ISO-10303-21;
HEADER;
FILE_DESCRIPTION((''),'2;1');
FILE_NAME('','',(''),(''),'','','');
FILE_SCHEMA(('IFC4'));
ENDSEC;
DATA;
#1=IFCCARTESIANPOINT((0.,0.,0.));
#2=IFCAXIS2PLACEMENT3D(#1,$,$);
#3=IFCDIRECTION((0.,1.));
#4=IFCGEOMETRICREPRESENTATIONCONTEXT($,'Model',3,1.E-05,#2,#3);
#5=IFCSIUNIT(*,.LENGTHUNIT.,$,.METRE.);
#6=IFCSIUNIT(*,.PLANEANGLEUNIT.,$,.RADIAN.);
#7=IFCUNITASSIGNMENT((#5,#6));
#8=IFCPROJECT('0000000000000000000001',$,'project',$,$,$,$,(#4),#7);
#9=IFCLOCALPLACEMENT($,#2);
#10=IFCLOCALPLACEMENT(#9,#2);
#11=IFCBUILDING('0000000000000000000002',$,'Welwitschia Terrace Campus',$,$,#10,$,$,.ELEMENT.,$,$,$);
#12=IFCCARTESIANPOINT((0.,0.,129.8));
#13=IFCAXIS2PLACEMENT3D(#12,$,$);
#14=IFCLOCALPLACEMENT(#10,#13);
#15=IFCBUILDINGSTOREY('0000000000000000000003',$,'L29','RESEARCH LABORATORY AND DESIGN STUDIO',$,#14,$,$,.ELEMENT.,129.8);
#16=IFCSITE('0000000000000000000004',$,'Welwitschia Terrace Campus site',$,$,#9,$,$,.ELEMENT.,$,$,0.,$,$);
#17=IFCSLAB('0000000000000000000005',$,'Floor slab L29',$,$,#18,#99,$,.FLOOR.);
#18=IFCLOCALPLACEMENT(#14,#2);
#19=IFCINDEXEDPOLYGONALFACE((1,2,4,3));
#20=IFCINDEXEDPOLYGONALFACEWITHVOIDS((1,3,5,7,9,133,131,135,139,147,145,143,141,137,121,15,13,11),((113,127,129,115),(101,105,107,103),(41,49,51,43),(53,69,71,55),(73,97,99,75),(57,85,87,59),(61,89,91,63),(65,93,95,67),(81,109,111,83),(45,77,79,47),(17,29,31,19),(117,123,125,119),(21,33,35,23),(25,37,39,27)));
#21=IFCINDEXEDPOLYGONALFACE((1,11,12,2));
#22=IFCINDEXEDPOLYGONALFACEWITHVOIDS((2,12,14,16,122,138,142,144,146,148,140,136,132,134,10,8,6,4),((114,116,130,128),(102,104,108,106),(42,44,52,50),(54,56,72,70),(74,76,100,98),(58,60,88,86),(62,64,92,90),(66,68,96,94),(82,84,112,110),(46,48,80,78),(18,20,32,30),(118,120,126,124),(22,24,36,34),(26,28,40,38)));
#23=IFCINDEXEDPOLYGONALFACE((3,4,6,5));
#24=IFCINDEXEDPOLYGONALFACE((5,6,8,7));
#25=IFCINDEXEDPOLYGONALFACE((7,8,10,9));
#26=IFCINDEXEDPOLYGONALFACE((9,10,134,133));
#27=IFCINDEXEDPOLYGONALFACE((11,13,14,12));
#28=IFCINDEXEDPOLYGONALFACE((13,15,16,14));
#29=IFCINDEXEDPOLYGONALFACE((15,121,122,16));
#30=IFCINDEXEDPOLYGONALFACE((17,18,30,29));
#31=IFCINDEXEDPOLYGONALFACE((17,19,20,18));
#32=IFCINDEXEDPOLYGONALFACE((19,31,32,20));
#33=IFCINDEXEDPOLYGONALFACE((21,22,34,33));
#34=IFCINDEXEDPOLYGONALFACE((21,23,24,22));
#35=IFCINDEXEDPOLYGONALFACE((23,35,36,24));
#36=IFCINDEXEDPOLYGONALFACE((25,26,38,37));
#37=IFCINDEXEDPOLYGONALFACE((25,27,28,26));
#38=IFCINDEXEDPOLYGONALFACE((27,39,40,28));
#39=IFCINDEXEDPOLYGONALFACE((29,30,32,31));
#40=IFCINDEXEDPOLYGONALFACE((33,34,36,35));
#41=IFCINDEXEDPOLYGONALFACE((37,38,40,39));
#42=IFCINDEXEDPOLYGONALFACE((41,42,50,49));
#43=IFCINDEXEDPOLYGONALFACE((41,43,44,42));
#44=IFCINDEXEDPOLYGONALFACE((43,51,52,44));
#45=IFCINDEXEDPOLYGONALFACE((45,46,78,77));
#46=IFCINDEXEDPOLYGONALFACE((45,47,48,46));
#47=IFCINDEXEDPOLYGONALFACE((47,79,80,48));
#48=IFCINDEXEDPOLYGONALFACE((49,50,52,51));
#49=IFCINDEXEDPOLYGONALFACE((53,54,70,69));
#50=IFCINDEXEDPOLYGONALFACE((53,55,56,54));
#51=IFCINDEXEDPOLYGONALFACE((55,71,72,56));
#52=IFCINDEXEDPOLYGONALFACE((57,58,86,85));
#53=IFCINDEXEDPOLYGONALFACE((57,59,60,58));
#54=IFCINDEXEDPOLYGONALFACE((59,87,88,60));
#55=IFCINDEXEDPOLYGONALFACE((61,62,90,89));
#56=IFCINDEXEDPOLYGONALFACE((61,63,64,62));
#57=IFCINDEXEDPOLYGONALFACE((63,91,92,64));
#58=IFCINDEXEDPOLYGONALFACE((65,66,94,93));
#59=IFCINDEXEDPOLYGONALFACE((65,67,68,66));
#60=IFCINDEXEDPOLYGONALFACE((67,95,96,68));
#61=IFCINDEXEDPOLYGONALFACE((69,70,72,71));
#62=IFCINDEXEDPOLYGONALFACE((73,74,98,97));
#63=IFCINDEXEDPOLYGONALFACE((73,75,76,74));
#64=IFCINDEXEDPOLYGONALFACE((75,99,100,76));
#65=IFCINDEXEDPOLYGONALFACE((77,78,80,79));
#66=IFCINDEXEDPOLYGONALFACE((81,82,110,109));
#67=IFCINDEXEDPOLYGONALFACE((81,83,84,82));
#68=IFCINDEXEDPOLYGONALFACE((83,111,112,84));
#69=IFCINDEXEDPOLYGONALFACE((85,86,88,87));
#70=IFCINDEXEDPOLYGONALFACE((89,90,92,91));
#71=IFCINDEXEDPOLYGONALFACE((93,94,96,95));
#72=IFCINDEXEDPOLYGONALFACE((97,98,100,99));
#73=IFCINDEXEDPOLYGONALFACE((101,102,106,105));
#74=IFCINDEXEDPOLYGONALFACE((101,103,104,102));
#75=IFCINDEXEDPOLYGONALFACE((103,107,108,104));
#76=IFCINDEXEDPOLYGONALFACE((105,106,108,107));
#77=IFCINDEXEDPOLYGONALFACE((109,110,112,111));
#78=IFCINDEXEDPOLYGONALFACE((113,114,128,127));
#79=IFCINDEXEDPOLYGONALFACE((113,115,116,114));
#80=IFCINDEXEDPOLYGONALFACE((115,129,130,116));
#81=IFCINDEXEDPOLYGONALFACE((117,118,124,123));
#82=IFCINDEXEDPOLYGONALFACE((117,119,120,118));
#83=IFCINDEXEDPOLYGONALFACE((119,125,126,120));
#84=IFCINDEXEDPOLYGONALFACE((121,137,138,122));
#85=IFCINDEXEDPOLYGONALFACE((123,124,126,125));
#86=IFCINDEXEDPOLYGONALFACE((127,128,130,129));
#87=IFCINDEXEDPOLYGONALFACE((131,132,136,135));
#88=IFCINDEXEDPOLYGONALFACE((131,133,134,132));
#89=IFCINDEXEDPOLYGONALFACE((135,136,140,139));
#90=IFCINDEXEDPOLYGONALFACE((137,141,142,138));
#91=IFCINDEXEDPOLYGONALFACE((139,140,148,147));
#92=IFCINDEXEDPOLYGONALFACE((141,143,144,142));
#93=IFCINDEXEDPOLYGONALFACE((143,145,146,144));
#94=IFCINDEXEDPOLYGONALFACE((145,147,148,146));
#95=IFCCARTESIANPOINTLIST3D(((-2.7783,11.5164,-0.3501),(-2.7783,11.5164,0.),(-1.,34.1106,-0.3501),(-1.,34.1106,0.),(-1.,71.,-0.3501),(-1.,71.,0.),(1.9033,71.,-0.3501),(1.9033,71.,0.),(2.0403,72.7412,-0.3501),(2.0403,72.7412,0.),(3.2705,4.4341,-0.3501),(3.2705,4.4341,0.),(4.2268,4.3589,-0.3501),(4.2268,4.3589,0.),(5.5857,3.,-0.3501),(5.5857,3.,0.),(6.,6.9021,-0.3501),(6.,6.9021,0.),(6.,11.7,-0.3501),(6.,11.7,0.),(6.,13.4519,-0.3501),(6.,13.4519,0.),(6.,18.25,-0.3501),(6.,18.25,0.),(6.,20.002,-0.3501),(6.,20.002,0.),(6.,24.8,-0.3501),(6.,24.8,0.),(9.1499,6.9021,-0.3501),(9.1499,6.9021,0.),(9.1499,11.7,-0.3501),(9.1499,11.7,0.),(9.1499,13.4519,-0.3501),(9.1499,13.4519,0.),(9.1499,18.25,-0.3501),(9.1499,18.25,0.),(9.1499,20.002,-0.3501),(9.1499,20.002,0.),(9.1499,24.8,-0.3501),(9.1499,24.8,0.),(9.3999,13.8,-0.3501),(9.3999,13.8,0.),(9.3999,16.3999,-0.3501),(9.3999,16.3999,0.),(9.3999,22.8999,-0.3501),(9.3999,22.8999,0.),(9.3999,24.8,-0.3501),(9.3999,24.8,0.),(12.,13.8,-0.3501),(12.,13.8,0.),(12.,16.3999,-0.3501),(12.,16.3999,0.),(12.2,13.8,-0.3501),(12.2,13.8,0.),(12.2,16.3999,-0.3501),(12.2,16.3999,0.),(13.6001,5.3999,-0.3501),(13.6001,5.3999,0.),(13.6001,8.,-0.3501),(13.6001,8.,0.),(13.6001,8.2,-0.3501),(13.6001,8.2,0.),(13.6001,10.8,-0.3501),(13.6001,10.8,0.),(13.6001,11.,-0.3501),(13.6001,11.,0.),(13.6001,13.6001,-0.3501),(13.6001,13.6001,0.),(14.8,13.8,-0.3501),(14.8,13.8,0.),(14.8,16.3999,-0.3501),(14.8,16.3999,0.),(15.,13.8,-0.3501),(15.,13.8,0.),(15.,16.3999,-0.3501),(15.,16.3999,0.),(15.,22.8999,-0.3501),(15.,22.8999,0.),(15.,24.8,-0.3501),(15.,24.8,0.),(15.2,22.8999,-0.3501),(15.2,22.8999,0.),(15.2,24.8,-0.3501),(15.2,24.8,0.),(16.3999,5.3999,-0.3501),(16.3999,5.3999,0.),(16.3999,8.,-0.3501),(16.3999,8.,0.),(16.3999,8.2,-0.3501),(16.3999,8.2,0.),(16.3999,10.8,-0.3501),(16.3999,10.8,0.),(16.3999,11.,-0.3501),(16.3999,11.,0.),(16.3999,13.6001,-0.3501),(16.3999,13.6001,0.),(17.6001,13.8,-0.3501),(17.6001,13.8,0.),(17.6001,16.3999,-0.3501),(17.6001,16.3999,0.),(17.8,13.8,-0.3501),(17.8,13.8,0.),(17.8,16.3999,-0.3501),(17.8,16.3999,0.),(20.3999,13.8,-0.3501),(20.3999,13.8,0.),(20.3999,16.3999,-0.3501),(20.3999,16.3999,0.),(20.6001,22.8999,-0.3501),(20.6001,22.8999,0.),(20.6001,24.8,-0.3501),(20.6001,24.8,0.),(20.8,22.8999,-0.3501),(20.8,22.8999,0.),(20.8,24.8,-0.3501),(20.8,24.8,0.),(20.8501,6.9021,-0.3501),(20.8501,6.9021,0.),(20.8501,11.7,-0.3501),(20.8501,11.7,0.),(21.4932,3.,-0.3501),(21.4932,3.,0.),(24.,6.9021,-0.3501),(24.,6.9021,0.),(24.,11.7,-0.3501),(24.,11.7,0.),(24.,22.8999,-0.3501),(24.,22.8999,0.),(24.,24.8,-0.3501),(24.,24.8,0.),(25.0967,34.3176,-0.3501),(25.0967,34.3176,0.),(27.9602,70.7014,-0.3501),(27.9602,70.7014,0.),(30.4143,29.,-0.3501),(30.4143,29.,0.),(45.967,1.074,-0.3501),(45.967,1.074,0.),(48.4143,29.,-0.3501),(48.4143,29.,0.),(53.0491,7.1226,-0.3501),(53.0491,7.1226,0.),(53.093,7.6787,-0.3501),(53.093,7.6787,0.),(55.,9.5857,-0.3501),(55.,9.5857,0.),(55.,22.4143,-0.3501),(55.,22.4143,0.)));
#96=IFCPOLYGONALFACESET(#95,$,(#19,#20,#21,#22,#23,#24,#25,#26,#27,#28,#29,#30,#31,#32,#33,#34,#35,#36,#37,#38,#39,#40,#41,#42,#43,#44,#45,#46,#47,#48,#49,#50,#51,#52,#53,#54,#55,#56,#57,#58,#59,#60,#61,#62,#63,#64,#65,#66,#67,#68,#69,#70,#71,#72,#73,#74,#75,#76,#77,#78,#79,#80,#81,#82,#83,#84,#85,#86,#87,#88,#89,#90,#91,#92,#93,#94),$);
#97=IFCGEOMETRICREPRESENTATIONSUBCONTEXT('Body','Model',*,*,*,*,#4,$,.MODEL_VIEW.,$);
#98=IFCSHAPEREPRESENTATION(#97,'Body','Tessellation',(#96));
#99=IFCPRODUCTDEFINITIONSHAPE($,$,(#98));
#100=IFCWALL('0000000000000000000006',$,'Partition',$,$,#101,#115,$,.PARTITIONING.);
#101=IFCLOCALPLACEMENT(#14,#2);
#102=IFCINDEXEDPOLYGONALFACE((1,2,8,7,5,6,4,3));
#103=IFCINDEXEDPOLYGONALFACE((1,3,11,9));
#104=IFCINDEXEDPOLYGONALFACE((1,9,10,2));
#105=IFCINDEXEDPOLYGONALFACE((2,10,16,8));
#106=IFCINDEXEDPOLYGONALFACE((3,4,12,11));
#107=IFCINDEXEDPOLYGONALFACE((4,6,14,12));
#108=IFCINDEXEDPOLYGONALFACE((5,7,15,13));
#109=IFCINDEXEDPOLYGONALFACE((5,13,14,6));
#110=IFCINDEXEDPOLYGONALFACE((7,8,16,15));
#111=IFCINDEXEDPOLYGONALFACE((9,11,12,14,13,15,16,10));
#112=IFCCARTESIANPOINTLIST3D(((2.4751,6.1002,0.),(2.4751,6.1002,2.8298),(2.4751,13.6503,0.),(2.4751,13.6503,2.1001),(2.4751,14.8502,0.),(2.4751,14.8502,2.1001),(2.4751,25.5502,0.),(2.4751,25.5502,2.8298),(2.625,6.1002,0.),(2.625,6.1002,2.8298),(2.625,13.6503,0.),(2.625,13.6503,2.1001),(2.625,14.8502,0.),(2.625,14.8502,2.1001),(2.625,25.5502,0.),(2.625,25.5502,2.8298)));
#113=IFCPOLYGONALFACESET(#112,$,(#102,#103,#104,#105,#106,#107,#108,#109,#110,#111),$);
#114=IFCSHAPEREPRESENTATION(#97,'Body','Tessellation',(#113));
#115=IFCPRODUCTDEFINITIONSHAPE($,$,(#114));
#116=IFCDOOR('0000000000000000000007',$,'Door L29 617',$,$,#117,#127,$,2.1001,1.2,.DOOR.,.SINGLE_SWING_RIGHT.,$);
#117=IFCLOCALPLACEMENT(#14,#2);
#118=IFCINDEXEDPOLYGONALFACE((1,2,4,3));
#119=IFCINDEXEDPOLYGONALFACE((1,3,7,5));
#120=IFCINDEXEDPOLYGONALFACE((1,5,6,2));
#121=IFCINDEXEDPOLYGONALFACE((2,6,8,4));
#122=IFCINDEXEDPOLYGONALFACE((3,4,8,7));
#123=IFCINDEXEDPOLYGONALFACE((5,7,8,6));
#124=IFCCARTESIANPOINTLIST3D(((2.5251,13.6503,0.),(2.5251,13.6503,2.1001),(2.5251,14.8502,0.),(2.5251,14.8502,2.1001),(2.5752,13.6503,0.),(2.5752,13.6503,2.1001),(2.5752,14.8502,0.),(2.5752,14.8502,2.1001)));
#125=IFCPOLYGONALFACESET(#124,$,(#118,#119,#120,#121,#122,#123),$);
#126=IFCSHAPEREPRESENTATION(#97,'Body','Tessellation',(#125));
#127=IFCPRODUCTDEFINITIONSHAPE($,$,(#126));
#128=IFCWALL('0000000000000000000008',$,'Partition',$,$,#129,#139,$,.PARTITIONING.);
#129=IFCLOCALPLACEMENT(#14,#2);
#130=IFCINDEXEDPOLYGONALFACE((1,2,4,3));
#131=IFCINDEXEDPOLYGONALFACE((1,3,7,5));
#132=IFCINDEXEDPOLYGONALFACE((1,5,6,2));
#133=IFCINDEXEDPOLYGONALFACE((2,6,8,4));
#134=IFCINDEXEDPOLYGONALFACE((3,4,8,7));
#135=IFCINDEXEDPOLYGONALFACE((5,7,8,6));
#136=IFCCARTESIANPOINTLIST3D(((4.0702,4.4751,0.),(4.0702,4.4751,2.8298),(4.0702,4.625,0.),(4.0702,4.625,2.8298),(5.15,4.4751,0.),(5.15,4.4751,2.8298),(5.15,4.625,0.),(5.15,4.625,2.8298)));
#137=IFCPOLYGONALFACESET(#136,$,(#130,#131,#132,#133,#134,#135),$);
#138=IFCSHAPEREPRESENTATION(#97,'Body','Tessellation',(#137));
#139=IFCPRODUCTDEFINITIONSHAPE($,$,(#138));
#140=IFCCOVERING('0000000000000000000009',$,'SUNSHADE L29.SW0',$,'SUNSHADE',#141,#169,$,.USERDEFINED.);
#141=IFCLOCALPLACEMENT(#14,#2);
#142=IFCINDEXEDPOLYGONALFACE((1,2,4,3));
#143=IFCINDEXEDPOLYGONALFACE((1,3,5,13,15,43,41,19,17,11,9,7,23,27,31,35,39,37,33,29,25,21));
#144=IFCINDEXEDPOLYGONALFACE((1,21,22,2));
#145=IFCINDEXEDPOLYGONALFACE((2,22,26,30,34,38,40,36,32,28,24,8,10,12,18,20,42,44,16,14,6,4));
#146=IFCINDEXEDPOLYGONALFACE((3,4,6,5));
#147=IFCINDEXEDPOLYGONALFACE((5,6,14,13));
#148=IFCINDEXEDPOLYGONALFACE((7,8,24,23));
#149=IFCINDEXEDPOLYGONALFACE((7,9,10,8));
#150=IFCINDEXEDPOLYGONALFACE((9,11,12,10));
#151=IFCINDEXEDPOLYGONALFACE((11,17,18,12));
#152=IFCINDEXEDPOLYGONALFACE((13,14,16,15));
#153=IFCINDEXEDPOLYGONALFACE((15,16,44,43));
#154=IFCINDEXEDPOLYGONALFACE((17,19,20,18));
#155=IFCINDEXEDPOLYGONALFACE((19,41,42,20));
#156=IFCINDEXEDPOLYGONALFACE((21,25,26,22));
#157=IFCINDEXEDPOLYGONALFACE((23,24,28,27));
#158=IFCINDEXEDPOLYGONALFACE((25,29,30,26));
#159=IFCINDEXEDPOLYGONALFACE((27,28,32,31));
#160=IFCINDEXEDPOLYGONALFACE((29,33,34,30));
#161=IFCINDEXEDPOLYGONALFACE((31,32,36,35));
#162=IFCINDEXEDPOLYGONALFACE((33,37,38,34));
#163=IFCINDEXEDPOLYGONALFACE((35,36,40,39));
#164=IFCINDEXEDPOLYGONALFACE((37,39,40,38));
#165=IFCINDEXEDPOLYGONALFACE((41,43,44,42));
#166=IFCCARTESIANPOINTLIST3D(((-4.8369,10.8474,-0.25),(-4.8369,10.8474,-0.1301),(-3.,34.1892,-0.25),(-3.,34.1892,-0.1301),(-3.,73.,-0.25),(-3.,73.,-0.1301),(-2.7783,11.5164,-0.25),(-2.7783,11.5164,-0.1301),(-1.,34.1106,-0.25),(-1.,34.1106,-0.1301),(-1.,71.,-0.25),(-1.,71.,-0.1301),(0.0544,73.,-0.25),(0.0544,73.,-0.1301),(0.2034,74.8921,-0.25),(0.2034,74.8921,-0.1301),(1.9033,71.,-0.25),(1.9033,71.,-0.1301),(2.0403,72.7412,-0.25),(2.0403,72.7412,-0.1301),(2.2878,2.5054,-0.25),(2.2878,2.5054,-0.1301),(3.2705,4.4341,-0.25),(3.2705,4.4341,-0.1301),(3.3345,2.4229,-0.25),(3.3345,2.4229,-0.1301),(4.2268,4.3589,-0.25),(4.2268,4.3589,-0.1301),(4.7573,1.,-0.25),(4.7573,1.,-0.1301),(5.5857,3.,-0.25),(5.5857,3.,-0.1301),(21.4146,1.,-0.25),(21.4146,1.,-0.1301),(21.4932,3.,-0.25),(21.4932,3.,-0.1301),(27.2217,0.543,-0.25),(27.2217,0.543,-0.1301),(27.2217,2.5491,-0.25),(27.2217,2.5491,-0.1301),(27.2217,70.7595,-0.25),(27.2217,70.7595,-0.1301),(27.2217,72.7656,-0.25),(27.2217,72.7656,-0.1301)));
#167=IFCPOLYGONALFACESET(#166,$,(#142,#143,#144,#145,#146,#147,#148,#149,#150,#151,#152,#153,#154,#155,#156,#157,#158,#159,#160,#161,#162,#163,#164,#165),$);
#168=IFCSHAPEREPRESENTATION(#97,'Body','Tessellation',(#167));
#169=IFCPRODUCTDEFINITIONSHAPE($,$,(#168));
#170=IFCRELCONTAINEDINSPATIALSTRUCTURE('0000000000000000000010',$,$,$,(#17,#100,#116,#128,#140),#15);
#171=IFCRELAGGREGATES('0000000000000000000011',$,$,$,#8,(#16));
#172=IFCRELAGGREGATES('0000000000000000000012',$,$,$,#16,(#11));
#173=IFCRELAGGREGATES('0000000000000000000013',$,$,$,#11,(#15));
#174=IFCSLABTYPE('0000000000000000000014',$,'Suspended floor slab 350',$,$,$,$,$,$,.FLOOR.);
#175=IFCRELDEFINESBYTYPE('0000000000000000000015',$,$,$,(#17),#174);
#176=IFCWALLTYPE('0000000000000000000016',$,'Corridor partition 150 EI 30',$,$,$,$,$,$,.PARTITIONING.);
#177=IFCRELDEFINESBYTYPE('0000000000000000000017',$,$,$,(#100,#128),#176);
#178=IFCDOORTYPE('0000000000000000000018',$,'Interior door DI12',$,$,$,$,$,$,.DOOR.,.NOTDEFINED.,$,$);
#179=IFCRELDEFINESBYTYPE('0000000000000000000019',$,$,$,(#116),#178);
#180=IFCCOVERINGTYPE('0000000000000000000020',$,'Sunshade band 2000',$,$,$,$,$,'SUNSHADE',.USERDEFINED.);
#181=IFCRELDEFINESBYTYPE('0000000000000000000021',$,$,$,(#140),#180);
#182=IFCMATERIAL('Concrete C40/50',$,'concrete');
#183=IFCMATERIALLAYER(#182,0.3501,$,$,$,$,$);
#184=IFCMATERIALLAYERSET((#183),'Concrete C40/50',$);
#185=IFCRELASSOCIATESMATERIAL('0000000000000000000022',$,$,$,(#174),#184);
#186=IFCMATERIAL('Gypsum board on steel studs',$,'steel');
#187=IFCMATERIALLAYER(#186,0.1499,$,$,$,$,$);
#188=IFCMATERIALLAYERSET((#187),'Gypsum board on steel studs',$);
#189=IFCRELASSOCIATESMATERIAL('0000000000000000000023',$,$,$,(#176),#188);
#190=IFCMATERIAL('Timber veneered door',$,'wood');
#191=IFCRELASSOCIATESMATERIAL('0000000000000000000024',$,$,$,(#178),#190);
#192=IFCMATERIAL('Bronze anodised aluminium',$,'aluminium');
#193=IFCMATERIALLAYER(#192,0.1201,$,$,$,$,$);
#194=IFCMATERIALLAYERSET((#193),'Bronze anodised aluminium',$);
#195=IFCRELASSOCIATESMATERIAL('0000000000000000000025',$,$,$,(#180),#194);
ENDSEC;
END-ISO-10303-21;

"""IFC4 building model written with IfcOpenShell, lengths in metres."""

from ifc_helpers import new_model, si_unit, direction, frame, frame_2d, origin, place, context, subcontext, project, spatial, polyline, rectangle, outline, extrude, material, layer, layer_set, type_object, element, fill, save


model = new_model("IFC4")

# Units and contexts
model_context = context("Model", 3, precision=1e-05, world=origin(), true_north=direction((0.0, 1.0)))
body_context = subcontext(model_context, "Body", "Model", "MODEL_VIEW")
ifc_project = project(units=[si_unit("LENGTHUNIT", "METRE"), si_unit("PLANEANGLEUNIT", "RADIAN")], contexts=[model_context])

# Site, building, storey
site_placement = place(None, origin())
site = spatial("IfcSite", under=ifc_project, at=site_placement, Name="Welwitschia Terrace Campus site", CompositionType="ELEMENT", RefElevation=0.0)
building_placement = place(site_placement, origin())
building = spatial("IfcBuilding", under=site, at=building_placement, Name="Welwitschia Terrace Campus", CompositionType="ELEMENT")
storey_placement = place(building_placement, frame((0.0, 0.0, 129.8)))
storey = spatial("IfcBuildingStorey", under=building, at=storey_placement, Name="L29", Description="RESEARCH LABORATORY AND DESIGN STUDIO", CompositionType="ELEMENT", Elevation=129.8)

# Slab
ifc_material_1 = material(Name="Concrete C40/50", Category="concrete")
ifc_layer_1 = layer(ifc_material_1, 0.3501)
ifc_layer_set_1 = layer_set([ifc_layer_1], Name="Concrete C40/50")
slab_type_1 = type_object("IfcSlabType", Name="Suspended floor slab 350", PredefinedType="FLOOR", material=ifc_layer_set_1)
slab_1_placement = place(storey_placement, frame((0.0, 0.0, -0.3501)))
element("IfcSlab", 1, at=slab_1_placement, inside=storey, type_object=slab_type_1, Name="Floor slab L29", PredefinedType="FLOOR", context=body_context, shape_type="SweptSolid", body=[
    extrude(outline(polyline([(-1.0, 71.0), (1.9033, 71.0), (2.0403, 72.7412), (27.9602, 70.7014), (25.0967, 34.3176), (30.4143, 29.0), (48.4143, 29.0), (55.0, 22.4143), (55.0, 9.5857), (53.093, 7.6787), (53.0491, 7.1226), (45.967, 1.074), (21.4932, 3.0), (5.5857, 3.0), (4.2268, 4.3589), (3.2705, 4.4341), (-2.7783, 11.5164), (-1.0, 34.1106), (-1.0, 71.0)]), holes=[polyline([(13.6001, 8.0), (13.6001, 5.3999), (16.3999, 5.3999), (16.3999, 8.0), (13.6001, 8.0)]), polyline([(9.1499, 11.7), (6.0, 11.7), (6.0, 6.9021), (9.1499, 6.9021), (9.1499, 11.7)]), polyline([(12.0, 16.3999), (9.3999, 16.3999), (9.3999, 13.8), (12.0, 13.8), (12.0, 16.3999)]), polyline([(14.8, 16.3999), (12.2, 16.3999), (12.2, 13.8), (14.8, 13.8), (14.8, 16.3999)]), polyline([(9.1499, 18.25), (6.0, 18.25), (6.0, 13.4519), (9.1499, 13.4519), (9.1499, 18.25)]), polyline([(9.1499, 24.8), (6.0, 24.8), (6.0, 20.002), (9.1499, 20.002), (9.1499, 24.8)]), polyline([(15.0, 24.8), (9.3999, 24.8), (9.3999, 22.8999), (15.0, 22.8999), (15.0, 24.8)]), polyline([(20.8501, 11.7), (20.8501, 6.9021), (24.0, 6.9021), (24.0, 11.7), (20.8501, 11.7)]), polyline([(16.3999, 10.8), (13.6001, 10.8), (13.6001, 8.2), (16.3999, 8.2), (16.3999, 10.8)]), polyline([(16.3999, 13.6001), (13.6001, 13.6001), (13.6001, 11.0), (16.3999, 11.0), (16.3999, 13.6001)]), polyline([(17.6001, 16.3999), (15.0, 16.3999), (15.0, 13.8), (17.6001, 13.8), (17.6001, 16.3999)]), polyline([(20.3999, 16.3999), (17.8, 16.3999), (17.8, 13.8), (20.3999, 13.8), (20.3999, 16.3999)]), polyline([(20.6001, 24.8), (15.2, 24.8), (15.2, 22.8999), (20.6001, 22.8999), (20.6001, 24.8)]), polyline([(24.0, 24.8), (20.8, 24.8), (20.8, 22.8999), (24.0, 22.8999), (24.0, 24.8)])]), origin(), (0.0, 0.0, 1.0), 0.3501),
])

# Wall, opening, door
ifc_material_2 = material(Name="Gypsum board on steel studs", Category="steel")
ifc_layer_2 = layer(ifc_material_2, 0.1499)
ifc_layer_set_2 = layer_set([ifc_layer_2], Name="Gypsum board on steel studs")
wall_type = type_object("IfcWallType", Name="Corridor partition 150 EI 30", PredefinedType="PARTITIONING", material=ifc_layer_set_2)
wall_1_placement = place(storey_placement, frame((2.55, 6.1001, 0.0), z_axis=(0.0, 0.0, 1.0), x_axis=(0.0, 1.0, 0.0)))
wall_1 = element("IfcWall", 2, at=wall_1_placement, inside=storey, type_object=wall_type, Name="Partition", PredefinedType="PARTITIONING", context=body_context, shape_type="SweptSolid", body=[
    extrude(rectangle(XDim=19.45, YDim=0.1499, at=frame_2d((9.7251, 0.0))), origin(), (0.0, 0.0, 1.0), 2.8298),
])
opening_placement = place(wall_1_placement, frame((7.55, 0.0, 0.0)))
opening = element("IfcOpeningElement", 3, at=opening_placement, cuts=wall_1, PredefinedType="OPENING", context=body_context, shape_type="SweptSolid", body=[
    extrude(rectangle(XDim=1.2, YDim=2.1001, at=frame_2d((0.6001, 1.05))), frame((0.0, 0.085, 0.0), z_axis=(0.0, -1.0, 0.0), x_axis=(1.0, 0.0, 0.0)), (0.0, 0.0, 1.0), 0.1699),
])
ifc_material_3 = material(Name="Timber veneered door", Category="wood")
door_type = type_object("IfcDoorType", Name="Interior door DI12", OperationType="NOTDEFINED", PredefinedType="DOOR", material=ifc_material_3)
door_placement = place(opening_placement, origin())
door = element("IfcDoor", 4, at=door_placement, inside=storey, type_object=door_type, Name="Door L29 617", OperationType="SINGLE_SWING_RIGHT", OverallHeight=2.1001, OverallWidth=1.2, PredefinedType="DOOR", context=body_context, shape_type="SweptSolid", body=[
    extrude(rectangle(XDim=1.2, YDim=2.1001, at=frame_2d((0.6001, 1.05))), frame((0.0, 0.0249, 0.0), z_axis=(0.0, -1.0, 0.0), x_axis=(1.0, 0.0, 0.0)), (0.0, 0.0, 1.0), 0.05),
])
fill(opening, door)

# Wall
wall_2_placement = place(storey_placement, frame((4.0701, 4.55, 0.0), z_axis=(0.0, 0.0, 1.0), x_axis=(1.0, 0.0, 0.0)))
element("IfcWall", 5, at=wall_2_placement, inside=storey, type_object=wall_type, Name="Partition", PredefinedType="PARTITIONING", context=body_context, shape_type="SweptSolid", body=[
    extrude(rectangle(XDim=1.0798, YDim=0.1499, at=frame_2d((0.54, 0.0))), origin(), (0.0, 0.0, 1.0), 2.8298),
])

# Covering
ifc_material_4 = material(Name="Bronze anodised aluminium", Category="aluminium")
ifc_layer_3 = layer(ifc_material_4, 0.1201)
ifc_layer_set_3 = layer_set([ifc_layer_3], Name="Bronze anodised aluminium")
covering_type_1 = type_object("IfcCoveringType", Name="Sunshade band 2000", ElementType="SUNSHADE", PredefinedType="USERDEFINED", material=ifc_layer_set_3)
covering_1_placement = place(storey_placement, frame((0.0, 0.0, -0.25)))
element("IfcCovering", 6, at=covering_1_placement, inside=storey, type_object=covering_type_1, Name="SUNSHADE L29.SW0", ObjectType="SUNSHADE", PredefinedType="USERDEFINED", context=body_context, shape_type="SweptSolid", body=[
    extrude(outline(polyline([(0.0544, 73.0), (0.2034, 74.8921), (27.2217, 72.7656), (27.2217, 70.7595), (2.0403, 72.7412), (1.9033, 71.0), (-1.0, 71.0), (-1.0, 34.1106), (-2.7783, 11.5164), (3.2705, 4.4341), (4.2268, 4.3589), (5.5857, 3.0), (21.4932, 3.0), (27.2217, 2.5491), (27.2217, 0.543), (21.4146, 1.0), (4.7573, 1.0), (3.3345, 2.4229), (2.2878, 2.5054), (-4.8369, 10.8474), (-3.0, 34.1892), (-3.0, 73.0), (0.0544, 73.0)])), origin(), (0.0, 0.0, 1.0), 0.1199),
])

save(model, "model.ifc")
